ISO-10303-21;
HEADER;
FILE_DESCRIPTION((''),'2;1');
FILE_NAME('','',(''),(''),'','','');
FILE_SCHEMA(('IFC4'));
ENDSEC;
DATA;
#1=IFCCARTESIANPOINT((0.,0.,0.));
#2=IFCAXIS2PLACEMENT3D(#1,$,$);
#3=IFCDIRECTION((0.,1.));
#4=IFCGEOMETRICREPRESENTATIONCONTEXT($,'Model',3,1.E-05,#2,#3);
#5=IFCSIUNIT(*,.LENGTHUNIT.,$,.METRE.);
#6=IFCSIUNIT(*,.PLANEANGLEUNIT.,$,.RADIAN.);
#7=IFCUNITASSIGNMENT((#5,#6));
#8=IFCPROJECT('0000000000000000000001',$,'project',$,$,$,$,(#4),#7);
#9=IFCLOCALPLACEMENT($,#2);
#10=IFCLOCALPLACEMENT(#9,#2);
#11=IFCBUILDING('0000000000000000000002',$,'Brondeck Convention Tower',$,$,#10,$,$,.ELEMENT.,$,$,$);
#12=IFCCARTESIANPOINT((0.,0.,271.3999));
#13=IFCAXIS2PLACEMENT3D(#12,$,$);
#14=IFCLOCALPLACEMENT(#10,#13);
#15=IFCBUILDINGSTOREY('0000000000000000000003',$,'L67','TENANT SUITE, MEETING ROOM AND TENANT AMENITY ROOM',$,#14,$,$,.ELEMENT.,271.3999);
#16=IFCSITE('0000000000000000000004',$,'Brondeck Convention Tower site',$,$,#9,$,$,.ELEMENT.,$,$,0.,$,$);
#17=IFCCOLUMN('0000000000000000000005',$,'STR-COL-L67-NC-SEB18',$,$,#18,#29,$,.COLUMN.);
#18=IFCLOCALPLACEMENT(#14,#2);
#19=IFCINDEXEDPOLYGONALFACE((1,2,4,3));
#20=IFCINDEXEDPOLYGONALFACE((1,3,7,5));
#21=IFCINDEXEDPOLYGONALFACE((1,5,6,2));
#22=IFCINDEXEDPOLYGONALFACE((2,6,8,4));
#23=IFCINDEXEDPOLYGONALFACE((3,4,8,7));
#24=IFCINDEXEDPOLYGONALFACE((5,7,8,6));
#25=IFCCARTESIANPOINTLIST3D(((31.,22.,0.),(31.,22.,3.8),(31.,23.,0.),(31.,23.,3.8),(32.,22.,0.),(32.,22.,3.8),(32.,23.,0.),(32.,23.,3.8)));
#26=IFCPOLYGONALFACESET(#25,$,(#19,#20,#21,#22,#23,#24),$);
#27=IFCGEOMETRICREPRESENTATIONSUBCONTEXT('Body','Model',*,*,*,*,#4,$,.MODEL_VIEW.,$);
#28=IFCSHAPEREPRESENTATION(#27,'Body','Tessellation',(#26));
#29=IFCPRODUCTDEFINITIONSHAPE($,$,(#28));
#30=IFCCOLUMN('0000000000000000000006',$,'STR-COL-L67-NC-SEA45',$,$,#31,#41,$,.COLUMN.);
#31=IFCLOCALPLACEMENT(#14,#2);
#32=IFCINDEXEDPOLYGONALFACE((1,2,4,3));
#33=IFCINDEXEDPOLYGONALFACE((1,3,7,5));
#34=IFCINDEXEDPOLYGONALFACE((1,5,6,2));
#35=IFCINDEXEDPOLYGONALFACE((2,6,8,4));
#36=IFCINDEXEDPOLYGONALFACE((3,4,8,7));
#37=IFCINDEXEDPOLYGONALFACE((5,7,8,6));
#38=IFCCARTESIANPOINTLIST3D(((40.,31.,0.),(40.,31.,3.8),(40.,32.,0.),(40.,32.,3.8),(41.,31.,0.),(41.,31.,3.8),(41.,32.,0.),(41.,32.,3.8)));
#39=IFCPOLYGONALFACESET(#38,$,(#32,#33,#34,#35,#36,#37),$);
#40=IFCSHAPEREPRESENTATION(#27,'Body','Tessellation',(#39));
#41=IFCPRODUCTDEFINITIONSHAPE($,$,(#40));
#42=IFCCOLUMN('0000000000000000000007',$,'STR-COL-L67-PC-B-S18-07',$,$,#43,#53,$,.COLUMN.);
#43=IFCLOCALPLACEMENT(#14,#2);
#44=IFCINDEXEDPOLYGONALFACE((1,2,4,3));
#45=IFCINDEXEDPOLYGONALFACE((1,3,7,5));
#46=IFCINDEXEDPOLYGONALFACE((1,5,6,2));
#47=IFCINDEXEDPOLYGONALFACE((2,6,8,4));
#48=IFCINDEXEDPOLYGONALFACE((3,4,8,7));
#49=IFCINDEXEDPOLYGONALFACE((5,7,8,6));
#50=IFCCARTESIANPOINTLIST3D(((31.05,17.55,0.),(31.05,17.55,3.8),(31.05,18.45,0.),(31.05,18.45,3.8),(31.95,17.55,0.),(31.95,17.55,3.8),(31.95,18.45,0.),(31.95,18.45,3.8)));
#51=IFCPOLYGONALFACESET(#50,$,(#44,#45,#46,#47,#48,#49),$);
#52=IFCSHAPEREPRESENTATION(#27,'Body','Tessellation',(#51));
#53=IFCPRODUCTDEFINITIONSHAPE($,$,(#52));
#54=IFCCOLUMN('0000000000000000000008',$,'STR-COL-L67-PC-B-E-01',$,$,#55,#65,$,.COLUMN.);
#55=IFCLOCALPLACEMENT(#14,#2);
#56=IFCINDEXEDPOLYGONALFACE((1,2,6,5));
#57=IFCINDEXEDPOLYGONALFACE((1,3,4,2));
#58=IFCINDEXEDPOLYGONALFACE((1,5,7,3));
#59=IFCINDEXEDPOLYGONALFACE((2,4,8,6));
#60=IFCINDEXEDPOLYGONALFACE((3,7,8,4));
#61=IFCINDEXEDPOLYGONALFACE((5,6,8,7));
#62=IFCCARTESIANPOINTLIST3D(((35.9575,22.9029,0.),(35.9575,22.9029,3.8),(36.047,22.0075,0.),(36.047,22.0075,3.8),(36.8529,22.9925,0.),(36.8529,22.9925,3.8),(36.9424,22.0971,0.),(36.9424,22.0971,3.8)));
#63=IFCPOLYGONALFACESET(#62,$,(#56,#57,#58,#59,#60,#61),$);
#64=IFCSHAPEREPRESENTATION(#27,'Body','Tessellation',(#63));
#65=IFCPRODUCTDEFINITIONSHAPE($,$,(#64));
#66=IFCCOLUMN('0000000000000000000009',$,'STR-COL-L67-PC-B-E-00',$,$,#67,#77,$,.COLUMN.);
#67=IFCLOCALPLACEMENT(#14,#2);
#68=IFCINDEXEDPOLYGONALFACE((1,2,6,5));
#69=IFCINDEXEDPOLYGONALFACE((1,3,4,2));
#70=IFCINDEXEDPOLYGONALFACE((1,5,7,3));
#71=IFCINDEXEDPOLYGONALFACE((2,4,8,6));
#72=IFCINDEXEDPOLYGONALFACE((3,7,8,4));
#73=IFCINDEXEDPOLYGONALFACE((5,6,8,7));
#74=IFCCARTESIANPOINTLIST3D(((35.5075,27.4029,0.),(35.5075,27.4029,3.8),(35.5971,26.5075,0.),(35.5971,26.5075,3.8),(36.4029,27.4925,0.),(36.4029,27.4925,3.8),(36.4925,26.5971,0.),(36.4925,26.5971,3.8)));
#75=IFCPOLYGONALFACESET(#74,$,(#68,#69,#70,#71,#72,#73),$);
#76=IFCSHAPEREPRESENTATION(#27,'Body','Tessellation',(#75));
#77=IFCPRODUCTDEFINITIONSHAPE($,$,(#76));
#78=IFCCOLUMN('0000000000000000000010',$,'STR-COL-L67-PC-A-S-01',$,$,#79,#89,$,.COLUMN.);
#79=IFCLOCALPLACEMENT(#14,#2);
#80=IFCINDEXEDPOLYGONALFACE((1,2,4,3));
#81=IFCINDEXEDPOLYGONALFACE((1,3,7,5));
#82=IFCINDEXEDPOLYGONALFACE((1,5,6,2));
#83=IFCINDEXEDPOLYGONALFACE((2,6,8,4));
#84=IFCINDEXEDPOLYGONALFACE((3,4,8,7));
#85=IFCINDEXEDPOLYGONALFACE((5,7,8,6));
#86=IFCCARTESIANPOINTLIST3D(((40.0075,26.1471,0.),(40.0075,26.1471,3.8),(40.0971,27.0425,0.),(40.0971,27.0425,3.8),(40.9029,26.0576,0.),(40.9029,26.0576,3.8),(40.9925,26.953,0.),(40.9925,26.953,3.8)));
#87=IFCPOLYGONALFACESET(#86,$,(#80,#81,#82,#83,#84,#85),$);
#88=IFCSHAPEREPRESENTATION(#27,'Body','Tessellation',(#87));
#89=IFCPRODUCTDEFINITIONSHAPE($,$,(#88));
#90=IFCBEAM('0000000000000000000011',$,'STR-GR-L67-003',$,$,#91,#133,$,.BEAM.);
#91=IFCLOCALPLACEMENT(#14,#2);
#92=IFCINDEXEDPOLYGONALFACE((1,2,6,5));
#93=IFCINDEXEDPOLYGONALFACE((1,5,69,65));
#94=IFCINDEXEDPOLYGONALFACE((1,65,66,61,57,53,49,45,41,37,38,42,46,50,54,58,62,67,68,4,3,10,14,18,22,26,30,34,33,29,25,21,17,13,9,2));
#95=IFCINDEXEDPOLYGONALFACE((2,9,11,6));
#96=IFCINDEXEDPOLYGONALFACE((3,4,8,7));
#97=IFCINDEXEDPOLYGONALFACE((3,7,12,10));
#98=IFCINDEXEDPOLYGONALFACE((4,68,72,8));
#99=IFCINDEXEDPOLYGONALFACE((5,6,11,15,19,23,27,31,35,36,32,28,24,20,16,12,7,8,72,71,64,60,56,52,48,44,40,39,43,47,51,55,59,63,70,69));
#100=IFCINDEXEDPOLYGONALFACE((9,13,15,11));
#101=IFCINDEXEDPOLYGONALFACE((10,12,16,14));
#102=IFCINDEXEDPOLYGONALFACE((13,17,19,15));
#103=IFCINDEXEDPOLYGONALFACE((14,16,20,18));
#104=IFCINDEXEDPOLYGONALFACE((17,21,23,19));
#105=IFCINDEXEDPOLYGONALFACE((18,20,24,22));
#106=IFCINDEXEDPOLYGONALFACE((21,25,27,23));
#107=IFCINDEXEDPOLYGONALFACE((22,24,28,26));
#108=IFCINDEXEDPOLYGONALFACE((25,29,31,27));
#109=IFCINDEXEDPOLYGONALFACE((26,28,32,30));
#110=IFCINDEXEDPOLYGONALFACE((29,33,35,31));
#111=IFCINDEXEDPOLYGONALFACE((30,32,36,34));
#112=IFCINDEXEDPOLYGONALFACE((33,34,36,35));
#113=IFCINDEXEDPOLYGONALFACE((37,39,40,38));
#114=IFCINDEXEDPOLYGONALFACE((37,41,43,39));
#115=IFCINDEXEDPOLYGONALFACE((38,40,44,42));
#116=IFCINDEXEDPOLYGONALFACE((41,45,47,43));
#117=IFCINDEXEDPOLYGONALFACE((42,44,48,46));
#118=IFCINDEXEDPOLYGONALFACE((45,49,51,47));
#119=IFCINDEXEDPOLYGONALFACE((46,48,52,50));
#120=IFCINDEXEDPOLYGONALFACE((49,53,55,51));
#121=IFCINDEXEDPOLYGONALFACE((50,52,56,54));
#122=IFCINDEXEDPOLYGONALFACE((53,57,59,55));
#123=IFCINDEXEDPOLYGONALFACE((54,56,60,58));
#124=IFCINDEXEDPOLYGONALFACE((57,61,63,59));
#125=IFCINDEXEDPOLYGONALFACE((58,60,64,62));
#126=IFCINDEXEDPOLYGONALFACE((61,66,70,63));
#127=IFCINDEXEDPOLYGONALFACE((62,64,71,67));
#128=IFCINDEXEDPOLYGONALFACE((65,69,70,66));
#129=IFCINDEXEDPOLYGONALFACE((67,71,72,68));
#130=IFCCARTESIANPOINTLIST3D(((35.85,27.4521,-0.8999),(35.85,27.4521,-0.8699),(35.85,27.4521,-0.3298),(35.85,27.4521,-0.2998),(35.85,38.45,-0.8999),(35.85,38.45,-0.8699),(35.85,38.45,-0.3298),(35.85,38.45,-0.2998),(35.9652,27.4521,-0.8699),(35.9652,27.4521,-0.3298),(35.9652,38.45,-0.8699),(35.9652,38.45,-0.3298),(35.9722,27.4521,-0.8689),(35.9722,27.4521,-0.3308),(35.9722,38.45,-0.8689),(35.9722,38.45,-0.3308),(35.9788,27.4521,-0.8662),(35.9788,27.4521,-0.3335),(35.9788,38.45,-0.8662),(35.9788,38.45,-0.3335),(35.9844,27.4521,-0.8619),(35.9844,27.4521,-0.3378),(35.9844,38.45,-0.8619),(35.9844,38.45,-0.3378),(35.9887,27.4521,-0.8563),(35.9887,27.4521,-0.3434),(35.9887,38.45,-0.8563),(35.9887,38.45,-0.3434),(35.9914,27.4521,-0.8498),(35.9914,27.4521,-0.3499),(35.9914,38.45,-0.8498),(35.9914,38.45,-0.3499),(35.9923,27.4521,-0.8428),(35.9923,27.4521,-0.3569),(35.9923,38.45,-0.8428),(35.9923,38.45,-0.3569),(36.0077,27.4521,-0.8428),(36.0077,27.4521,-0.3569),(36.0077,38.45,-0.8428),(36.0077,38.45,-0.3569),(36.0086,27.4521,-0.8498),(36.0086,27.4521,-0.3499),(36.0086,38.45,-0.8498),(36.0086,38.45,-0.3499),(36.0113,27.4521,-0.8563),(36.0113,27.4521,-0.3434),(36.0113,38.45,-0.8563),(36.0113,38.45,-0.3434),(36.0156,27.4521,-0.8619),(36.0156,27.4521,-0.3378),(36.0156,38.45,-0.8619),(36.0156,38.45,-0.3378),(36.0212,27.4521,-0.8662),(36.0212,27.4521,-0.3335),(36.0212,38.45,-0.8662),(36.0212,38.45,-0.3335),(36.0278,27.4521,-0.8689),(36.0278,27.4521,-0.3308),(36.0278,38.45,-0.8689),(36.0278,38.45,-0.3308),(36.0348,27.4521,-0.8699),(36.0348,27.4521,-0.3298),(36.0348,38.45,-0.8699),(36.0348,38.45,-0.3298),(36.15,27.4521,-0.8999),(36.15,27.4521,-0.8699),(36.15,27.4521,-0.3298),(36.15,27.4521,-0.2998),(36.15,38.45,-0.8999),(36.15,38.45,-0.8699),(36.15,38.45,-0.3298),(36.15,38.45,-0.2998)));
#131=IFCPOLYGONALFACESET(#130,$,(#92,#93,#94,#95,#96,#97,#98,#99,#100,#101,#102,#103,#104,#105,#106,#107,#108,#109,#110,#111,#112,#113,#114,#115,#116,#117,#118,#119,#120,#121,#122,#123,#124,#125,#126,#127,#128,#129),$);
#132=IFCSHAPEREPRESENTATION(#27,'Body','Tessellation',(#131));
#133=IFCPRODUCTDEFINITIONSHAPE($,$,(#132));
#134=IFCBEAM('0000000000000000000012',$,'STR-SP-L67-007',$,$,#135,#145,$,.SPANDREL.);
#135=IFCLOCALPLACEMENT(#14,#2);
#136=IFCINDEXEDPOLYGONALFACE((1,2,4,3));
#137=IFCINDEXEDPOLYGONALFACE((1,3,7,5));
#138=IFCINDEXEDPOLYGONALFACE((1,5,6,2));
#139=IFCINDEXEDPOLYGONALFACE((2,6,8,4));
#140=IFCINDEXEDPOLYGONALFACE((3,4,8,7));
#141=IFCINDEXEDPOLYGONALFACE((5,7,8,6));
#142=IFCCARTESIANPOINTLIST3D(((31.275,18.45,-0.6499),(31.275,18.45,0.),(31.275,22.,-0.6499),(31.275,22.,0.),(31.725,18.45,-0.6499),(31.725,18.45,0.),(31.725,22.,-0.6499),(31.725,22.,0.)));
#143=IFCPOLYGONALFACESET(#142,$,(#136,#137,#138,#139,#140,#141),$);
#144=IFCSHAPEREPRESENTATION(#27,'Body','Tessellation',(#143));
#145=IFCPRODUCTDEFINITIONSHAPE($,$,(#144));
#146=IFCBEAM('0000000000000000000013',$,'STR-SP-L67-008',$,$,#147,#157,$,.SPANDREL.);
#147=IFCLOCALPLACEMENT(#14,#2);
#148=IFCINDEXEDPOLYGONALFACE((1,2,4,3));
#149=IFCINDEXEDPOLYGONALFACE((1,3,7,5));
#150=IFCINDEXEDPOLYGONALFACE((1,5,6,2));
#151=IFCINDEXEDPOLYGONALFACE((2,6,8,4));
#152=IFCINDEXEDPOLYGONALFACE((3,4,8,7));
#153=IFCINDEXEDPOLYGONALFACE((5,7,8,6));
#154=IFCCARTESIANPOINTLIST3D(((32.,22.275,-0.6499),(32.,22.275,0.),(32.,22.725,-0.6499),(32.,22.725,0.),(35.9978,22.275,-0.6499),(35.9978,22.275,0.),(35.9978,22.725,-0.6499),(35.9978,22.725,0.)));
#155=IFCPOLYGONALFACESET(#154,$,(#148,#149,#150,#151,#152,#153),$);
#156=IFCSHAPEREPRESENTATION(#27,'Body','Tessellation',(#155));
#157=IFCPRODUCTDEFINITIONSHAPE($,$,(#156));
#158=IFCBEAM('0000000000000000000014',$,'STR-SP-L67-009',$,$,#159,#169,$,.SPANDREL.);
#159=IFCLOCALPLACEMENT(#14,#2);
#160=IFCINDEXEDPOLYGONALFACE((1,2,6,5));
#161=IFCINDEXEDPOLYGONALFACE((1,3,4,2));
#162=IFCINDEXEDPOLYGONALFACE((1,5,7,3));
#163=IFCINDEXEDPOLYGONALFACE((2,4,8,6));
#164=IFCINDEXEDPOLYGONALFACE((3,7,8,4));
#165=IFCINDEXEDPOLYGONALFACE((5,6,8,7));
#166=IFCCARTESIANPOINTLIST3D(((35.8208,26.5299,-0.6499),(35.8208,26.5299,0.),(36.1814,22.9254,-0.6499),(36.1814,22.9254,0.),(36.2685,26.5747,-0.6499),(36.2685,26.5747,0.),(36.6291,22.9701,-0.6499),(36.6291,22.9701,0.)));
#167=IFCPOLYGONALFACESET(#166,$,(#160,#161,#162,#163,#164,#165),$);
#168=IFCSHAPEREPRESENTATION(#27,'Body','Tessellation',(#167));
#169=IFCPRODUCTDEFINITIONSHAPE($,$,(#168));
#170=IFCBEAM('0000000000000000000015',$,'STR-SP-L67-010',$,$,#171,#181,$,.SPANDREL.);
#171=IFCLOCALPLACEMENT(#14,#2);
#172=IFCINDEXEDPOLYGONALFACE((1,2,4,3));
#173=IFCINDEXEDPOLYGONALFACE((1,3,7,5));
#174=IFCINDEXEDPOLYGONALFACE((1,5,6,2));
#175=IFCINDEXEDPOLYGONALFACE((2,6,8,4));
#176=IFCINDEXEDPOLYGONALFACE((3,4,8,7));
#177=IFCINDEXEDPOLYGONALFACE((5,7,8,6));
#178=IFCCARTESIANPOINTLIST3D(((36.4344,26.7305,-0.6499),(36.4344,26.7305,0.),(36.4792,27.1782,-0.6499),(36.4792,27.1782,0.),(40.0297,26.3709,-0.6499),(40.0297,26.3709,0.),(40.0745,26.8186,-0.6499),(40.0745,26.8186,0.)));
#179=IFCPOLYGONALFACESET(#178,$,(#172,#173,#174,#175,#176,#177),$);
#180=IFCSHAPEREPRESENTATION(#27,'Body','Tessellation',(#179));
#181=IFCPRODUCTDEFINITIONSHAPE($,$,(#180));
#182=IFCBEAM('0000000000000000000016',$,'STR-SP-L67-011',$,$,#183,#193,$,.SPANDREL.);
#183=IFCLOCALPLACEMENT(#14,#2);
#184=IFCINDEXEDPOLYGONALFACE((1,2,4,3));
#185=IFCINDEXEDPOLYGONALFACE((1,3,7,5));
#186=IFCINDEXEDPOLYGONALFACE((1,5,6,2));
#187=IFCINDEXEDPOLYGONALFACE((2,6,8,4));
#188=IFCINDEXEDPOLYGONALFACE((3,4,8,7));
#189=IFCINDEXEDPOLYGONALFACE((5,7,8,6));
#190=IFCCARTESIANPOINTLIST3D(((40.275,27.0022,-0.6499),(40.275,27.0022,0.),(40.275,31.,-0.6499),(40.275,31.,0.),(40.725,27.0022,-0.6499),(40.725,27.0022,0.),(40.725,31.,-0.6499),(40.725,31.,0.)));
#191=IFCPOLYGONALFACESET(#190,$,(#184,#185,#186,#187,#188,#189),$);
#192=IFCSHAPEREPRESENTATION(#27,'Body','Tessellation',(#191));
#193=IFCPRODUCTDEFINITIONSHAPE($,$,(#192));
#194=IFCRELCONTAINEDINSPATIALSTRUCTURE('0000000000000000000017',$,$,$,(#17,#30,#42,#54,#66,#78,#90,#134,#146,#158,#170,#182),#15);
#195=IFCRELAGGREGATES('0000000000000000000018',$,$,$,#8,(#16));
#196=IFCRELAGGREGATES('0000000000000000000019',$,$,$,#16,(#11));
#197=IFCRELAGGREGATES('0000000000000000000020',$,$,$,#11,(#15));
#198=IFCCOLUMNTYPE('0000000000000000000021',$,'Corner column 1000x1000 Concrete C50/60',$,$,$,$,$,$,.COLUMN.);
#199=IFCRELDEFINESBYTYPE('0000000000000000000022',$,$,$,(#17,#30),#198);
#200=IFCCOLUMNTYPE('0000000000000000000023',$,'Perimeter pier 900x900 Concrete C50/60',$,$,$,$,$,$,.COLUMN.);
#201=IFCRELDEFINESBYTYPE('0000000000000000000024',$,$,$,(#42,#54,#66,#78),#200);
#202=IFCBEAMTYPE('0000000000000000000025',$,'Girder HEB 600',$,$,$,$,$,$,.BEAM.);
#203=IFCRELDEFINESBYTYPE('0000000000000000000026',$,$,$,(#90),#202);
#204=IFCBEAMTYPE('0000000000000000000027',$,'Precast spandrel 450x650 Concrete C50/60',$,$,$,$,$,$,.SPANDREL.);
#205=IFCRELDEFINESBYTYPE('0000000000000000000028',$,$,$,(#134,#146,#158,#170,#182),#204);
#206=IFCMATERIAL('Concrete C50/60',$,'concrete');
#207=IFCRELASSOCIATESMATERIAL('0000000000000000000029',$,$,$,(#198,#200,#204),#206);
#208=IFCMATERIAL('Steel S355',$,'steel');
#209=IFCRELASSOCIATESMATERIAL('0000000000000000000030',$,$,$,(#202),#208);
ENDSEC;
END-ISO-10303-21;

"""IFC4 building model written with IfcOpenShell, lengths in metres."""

from ifc_helpers import new_model, si_unit, direction, frame, origin, origin_2d, place, context, subcontext, project, spatial, rectangle, i_section, extrude, material, material_profile, profile_set, type_object, element, save


model = new_model("IFC4")

# Units and contexts
model_context = context("Model", 3, precision=1e-05, world=origin(), true_north=direction((0.0, 1.0)))
body_context = subcontext(model_context, "Body", "Model", "MODEL_VIEW")
ifc_project = project(units=[si_unit("LENGTHUNIT", "METRE"), si_unit("PLANEANGLEUNIT", "RADIAN")], contexts=[model_context])

# Site, building, storey
site_placement = place(None, origin())
site = spatial("IfcSite", under=ifc_project, at=site_placement, Name="Brondeck Convention Tower site", CompositionType="ELEMENT", RefElevation=0.0)
building_placement = place(site_placement, origin())
building = spatial("IfcBuilding", under=site, at=building_placement, Name="Brondeck Convention Tower", CompositionType="ELEMENT")
storey_placement = place(building_placement, frame((0.0, 0.0, 271.3999)))
storey = spatial("IfcBuildingStorey", under=building, at=storey_placement, Name="L67", Description="TENANT SUITE, MEETING ROOM AND TENANT AMENITY ROOM", CompositionType="ELEMENT", Elevation=271.3999)

# Columns
ifc_material_1 = material(Name="Concrete C50/60", Category="concrete")
ifc_material_profile_1 = material_profile(ifc_material_1, rectangle(XDim=1.0, YDim=1.0, at=origin_2d()), Name="Corner column 1000x1000 Concrete C50/60")
ifc_profile_set_1 = profile_set([ifc_material_profile_1], Name="Concrete C50/60")
column_type_1 = type_object("IfcColumnType", Name="Corner column 1000x1000 Concrete C50/60", PredefinedType="COLUMN", material=ifc_profile_set_1)
for number, where, z_axis, x_axis, name in (
    (1, (31.5, 22.5, 0.0), (0.0, 0.0, 1.0), (1.0, 0.0, 0.0), "STR-COL-L67-NC-SEB18"),
    (2, (40.5, 31.5, 0.0), (0.0, 0.0, 1.0), (1.0, 0.0, 0.0), "STR-COL-L67-NC-SEA45"),
):
    element("IfcColumn", number, at=place(storey_placement, frame(where, z_axis=z_axis, x_axis=x_axis)), inside=storey, type_object=column_type_1, Name=name, PredefinedType="COLUMN", context=body_context, shape_type="SweptSolid", body=[
        extrude(rectangle(XDim=1.0, YDim=1.0, at=origin_2d()), origin(), (0.0, 0.0, 1.0), 3.8),
    ])
ifc_material_profile_2 = material_profile(ifc_material_1, rectangle(XDim=0.8999, YDim=0.8999, at=origin_2d()), Name="Perimeter pier 900x900 Concrete C50/60")
ifc_profile_set_2 = profile_set([ifc_material_profile_2], Name="Concrete C50/60")
column_type_2 = type_object("IfcColumnType", Name="Perimeter pier 900x900 Concrete C50/60", PredefinedType="COLUMN", material=ifc_profile_set_2)
for number, where, z_axis, x_axis, name in (
    (3, (31.5, 18.0, 0.0), (0.0, 0.0, 1.0), (1.0, 0.0, 0.0), "STR-COL-L67-PC-B-S18-07"),
    (4, (36.45, 22.5, 0.0), (0.0, 0.0, 1.0), (-0.099504, 0.995037, 0.0), "STR-COL-L67-PC-B-E-01"),
    (5, (36.0, 27.0, 0.0), (0.0, 0.0, 1.0), (-0.099504, 0.995037, 0.0), "STR-COL-L67-PC-B-E-00"),
    (6, (40.5, 26.55, 0.0), (0.0, 0.0, 1.0), (0.995037, -0.099504, 0.0), "STR-COL-L67-PC-A-S-01"),
):
    element("IfcColumn", number, at=place(storey_placement, frame(where, z_axis=z_axis, x_axis=x_axis)), inside=storey, type_object=column_type_2, Name=name, PredefinedType="COLUMN", context=body_context, shape_type="SweptSolid", body=[
        extrude(rectangle(XDim=0.8999, YDim=0.8999, at=origin_2d()), origin(), (0.0, 0.0, 1.0), 3.8),
    ])

# Beams
ifc_material_2 = material(Name="Steel S355", Category="steel")
ifc_material_profile_3 = material_profile(ifc_material_2, i_section(OverallWidth=0.3, OverallDepth=0.6001, WebThickness=0.0154, FlangeThickness=0.03, FilletRadius=0.0271, at=origin_2d()), Name="HEB 600")
ifc_profile_set_3 = profile_set([ifc_material_profile_3], Name="Steel S355")
beam_type_1 = type_object("IfcBeamType", Name="Girder HEB 600", PredefinedType="BEAM", material=ifc_profile_set_3)
beam_1_placement = place(storey_placement, frame((36.0, 27.4521, -0.5999), z_axis=(0.0, 1.0, 0.0), x_axis=(-1.0, 0.0, 0.0)))
element("IfcBeam", 7, at=beam_1_placement, inside=storey, type_object=beam_type_1, Name="STR-GR-L67-003", PredefinedType="BEAM", context=body_context, shape_type="SweptSolid", body=[
    extrude(i_section(OverallWidth=0.3, OverallDepth=0.6001, WebThickness=0.0154, FlangeThickness=0.03, FilletRadius=0.0271, at=origin_2d()), origin(), (0.0, 0.0, 1.0), 10.9978),
])
ifc_material_profile_4 = material_profile(ifc_material_1, rectangle(XDim=0.45, YDim=0.6499, at=origin_2d()), Name="Precast spandrel 450x650 Concrete C50/60")
ifc_profile_set_4 = profile_set([ifc_material_profile_4], Name="Concrete C50/60")
beam_type_2 = type_object("IfcBeamType", Name="Precast spandrel 450x650 Concrete C50/60", PredefinedType="SPANDREL", material=ifc_profile_set_4)
beam_2_placement = place(storey_placement, frame((31.5, 18.45, -0.325), z_axis=(0.0, 1.0, 0.0), x_axis=(-1.0, 0.0, 0.0)))
element("IfcBeam", 8, at=beam_2_placement, inside=storey, type_object=beam_type_2, Name="STR-SP-L67-007", PredefinedType="SPANDREL", context=body_context, shape_type="SweptSolid", body=[
    extrude(rectangle(XDim=0.45, YDim=0.6499, at=origin_2d()), origin(), (0.0, 0.0, 1.0), 3.55),
])
beam_3_placement = place(storey_placement, frame((32.0, 22.5, -0.325), z_axis=(1.0, 0.0, 0.0), x_axis=(0.0, 1.0, 0.0)))
element("IfcBeam", 9, at=beam_3_placement, inside=storey, type_object=beam_type_2, Name="STR-SP-L67-008", PredefinedType="SPANDREL", context=body_context, shape_type="SweptSolid", body=[
    extrude(rectangle(XDim=0.45, YDim=0.6499, at=origin_2d()), origin(), (0.0, 0.0, 1.0), 3.9978),
])
beam_4_placement = place(storey_placement, frame((36.4053, 22.9478, -0.325), z_axis=(-0.099544, 0.995033, 0.0), x_axis=(-0.995033, -0.099544, 0.0)))
element("IfcBeam", 10, at=beam_4_placement, inside=storey, type_object=beam_type_2, Name="STR-SP-L67-009", PredefinedType="SPANDREL", context=body_context, shape_type="SweptSolid", body=[
    extrude(rectangle(XDim=0.45, YDim=0.6499, at=origin_2d()), origin(), (0.0, 0.0, 1.0), 3.6226),
])
beam_5_placement = place(storey_placement, frame((36.4568, 26.9543, -0.325), z_axis=(0.995035, -0.099524, 0.0), x_axis=(0.099524, 0.995035, 0.0)))
element("IfcBeam", 11, at=beam_5_placement, inside=storey, type_object=beam_type_2, Name="STR-SP-L67-010", PredefinedType="SPANDREL", context=body_context, shape_type="SweptSolid", body=[
    extrude(rectangle(XDim=0.45, YDim=0.6499, at=origin_2d()), origin(), (0.0, 0.0, 1.0), 3.6133),
])
beam_6_placement = place(storey_placement, frame((40.5, 27.0022, -0.325), z_axis=(0.0, 1.0, 0.0), x_axis=(-1.0, 0.0, 0.0)))
element("IfcBeam", 12, at=beam_6_placement, inside=storey, type_object=beam_type_2, Name="STR-SP-L67-011", PredefinedType="SPANDREL", context=body_context, shape_type="SweptSolid", body=[
    extrude(rectangle(XDim=0.45, YDim=0.6499, at=origin_2d()), origin(), (0.0, 0.0, 1.0), 3.9978),
])

save(model, "model.ifc")
